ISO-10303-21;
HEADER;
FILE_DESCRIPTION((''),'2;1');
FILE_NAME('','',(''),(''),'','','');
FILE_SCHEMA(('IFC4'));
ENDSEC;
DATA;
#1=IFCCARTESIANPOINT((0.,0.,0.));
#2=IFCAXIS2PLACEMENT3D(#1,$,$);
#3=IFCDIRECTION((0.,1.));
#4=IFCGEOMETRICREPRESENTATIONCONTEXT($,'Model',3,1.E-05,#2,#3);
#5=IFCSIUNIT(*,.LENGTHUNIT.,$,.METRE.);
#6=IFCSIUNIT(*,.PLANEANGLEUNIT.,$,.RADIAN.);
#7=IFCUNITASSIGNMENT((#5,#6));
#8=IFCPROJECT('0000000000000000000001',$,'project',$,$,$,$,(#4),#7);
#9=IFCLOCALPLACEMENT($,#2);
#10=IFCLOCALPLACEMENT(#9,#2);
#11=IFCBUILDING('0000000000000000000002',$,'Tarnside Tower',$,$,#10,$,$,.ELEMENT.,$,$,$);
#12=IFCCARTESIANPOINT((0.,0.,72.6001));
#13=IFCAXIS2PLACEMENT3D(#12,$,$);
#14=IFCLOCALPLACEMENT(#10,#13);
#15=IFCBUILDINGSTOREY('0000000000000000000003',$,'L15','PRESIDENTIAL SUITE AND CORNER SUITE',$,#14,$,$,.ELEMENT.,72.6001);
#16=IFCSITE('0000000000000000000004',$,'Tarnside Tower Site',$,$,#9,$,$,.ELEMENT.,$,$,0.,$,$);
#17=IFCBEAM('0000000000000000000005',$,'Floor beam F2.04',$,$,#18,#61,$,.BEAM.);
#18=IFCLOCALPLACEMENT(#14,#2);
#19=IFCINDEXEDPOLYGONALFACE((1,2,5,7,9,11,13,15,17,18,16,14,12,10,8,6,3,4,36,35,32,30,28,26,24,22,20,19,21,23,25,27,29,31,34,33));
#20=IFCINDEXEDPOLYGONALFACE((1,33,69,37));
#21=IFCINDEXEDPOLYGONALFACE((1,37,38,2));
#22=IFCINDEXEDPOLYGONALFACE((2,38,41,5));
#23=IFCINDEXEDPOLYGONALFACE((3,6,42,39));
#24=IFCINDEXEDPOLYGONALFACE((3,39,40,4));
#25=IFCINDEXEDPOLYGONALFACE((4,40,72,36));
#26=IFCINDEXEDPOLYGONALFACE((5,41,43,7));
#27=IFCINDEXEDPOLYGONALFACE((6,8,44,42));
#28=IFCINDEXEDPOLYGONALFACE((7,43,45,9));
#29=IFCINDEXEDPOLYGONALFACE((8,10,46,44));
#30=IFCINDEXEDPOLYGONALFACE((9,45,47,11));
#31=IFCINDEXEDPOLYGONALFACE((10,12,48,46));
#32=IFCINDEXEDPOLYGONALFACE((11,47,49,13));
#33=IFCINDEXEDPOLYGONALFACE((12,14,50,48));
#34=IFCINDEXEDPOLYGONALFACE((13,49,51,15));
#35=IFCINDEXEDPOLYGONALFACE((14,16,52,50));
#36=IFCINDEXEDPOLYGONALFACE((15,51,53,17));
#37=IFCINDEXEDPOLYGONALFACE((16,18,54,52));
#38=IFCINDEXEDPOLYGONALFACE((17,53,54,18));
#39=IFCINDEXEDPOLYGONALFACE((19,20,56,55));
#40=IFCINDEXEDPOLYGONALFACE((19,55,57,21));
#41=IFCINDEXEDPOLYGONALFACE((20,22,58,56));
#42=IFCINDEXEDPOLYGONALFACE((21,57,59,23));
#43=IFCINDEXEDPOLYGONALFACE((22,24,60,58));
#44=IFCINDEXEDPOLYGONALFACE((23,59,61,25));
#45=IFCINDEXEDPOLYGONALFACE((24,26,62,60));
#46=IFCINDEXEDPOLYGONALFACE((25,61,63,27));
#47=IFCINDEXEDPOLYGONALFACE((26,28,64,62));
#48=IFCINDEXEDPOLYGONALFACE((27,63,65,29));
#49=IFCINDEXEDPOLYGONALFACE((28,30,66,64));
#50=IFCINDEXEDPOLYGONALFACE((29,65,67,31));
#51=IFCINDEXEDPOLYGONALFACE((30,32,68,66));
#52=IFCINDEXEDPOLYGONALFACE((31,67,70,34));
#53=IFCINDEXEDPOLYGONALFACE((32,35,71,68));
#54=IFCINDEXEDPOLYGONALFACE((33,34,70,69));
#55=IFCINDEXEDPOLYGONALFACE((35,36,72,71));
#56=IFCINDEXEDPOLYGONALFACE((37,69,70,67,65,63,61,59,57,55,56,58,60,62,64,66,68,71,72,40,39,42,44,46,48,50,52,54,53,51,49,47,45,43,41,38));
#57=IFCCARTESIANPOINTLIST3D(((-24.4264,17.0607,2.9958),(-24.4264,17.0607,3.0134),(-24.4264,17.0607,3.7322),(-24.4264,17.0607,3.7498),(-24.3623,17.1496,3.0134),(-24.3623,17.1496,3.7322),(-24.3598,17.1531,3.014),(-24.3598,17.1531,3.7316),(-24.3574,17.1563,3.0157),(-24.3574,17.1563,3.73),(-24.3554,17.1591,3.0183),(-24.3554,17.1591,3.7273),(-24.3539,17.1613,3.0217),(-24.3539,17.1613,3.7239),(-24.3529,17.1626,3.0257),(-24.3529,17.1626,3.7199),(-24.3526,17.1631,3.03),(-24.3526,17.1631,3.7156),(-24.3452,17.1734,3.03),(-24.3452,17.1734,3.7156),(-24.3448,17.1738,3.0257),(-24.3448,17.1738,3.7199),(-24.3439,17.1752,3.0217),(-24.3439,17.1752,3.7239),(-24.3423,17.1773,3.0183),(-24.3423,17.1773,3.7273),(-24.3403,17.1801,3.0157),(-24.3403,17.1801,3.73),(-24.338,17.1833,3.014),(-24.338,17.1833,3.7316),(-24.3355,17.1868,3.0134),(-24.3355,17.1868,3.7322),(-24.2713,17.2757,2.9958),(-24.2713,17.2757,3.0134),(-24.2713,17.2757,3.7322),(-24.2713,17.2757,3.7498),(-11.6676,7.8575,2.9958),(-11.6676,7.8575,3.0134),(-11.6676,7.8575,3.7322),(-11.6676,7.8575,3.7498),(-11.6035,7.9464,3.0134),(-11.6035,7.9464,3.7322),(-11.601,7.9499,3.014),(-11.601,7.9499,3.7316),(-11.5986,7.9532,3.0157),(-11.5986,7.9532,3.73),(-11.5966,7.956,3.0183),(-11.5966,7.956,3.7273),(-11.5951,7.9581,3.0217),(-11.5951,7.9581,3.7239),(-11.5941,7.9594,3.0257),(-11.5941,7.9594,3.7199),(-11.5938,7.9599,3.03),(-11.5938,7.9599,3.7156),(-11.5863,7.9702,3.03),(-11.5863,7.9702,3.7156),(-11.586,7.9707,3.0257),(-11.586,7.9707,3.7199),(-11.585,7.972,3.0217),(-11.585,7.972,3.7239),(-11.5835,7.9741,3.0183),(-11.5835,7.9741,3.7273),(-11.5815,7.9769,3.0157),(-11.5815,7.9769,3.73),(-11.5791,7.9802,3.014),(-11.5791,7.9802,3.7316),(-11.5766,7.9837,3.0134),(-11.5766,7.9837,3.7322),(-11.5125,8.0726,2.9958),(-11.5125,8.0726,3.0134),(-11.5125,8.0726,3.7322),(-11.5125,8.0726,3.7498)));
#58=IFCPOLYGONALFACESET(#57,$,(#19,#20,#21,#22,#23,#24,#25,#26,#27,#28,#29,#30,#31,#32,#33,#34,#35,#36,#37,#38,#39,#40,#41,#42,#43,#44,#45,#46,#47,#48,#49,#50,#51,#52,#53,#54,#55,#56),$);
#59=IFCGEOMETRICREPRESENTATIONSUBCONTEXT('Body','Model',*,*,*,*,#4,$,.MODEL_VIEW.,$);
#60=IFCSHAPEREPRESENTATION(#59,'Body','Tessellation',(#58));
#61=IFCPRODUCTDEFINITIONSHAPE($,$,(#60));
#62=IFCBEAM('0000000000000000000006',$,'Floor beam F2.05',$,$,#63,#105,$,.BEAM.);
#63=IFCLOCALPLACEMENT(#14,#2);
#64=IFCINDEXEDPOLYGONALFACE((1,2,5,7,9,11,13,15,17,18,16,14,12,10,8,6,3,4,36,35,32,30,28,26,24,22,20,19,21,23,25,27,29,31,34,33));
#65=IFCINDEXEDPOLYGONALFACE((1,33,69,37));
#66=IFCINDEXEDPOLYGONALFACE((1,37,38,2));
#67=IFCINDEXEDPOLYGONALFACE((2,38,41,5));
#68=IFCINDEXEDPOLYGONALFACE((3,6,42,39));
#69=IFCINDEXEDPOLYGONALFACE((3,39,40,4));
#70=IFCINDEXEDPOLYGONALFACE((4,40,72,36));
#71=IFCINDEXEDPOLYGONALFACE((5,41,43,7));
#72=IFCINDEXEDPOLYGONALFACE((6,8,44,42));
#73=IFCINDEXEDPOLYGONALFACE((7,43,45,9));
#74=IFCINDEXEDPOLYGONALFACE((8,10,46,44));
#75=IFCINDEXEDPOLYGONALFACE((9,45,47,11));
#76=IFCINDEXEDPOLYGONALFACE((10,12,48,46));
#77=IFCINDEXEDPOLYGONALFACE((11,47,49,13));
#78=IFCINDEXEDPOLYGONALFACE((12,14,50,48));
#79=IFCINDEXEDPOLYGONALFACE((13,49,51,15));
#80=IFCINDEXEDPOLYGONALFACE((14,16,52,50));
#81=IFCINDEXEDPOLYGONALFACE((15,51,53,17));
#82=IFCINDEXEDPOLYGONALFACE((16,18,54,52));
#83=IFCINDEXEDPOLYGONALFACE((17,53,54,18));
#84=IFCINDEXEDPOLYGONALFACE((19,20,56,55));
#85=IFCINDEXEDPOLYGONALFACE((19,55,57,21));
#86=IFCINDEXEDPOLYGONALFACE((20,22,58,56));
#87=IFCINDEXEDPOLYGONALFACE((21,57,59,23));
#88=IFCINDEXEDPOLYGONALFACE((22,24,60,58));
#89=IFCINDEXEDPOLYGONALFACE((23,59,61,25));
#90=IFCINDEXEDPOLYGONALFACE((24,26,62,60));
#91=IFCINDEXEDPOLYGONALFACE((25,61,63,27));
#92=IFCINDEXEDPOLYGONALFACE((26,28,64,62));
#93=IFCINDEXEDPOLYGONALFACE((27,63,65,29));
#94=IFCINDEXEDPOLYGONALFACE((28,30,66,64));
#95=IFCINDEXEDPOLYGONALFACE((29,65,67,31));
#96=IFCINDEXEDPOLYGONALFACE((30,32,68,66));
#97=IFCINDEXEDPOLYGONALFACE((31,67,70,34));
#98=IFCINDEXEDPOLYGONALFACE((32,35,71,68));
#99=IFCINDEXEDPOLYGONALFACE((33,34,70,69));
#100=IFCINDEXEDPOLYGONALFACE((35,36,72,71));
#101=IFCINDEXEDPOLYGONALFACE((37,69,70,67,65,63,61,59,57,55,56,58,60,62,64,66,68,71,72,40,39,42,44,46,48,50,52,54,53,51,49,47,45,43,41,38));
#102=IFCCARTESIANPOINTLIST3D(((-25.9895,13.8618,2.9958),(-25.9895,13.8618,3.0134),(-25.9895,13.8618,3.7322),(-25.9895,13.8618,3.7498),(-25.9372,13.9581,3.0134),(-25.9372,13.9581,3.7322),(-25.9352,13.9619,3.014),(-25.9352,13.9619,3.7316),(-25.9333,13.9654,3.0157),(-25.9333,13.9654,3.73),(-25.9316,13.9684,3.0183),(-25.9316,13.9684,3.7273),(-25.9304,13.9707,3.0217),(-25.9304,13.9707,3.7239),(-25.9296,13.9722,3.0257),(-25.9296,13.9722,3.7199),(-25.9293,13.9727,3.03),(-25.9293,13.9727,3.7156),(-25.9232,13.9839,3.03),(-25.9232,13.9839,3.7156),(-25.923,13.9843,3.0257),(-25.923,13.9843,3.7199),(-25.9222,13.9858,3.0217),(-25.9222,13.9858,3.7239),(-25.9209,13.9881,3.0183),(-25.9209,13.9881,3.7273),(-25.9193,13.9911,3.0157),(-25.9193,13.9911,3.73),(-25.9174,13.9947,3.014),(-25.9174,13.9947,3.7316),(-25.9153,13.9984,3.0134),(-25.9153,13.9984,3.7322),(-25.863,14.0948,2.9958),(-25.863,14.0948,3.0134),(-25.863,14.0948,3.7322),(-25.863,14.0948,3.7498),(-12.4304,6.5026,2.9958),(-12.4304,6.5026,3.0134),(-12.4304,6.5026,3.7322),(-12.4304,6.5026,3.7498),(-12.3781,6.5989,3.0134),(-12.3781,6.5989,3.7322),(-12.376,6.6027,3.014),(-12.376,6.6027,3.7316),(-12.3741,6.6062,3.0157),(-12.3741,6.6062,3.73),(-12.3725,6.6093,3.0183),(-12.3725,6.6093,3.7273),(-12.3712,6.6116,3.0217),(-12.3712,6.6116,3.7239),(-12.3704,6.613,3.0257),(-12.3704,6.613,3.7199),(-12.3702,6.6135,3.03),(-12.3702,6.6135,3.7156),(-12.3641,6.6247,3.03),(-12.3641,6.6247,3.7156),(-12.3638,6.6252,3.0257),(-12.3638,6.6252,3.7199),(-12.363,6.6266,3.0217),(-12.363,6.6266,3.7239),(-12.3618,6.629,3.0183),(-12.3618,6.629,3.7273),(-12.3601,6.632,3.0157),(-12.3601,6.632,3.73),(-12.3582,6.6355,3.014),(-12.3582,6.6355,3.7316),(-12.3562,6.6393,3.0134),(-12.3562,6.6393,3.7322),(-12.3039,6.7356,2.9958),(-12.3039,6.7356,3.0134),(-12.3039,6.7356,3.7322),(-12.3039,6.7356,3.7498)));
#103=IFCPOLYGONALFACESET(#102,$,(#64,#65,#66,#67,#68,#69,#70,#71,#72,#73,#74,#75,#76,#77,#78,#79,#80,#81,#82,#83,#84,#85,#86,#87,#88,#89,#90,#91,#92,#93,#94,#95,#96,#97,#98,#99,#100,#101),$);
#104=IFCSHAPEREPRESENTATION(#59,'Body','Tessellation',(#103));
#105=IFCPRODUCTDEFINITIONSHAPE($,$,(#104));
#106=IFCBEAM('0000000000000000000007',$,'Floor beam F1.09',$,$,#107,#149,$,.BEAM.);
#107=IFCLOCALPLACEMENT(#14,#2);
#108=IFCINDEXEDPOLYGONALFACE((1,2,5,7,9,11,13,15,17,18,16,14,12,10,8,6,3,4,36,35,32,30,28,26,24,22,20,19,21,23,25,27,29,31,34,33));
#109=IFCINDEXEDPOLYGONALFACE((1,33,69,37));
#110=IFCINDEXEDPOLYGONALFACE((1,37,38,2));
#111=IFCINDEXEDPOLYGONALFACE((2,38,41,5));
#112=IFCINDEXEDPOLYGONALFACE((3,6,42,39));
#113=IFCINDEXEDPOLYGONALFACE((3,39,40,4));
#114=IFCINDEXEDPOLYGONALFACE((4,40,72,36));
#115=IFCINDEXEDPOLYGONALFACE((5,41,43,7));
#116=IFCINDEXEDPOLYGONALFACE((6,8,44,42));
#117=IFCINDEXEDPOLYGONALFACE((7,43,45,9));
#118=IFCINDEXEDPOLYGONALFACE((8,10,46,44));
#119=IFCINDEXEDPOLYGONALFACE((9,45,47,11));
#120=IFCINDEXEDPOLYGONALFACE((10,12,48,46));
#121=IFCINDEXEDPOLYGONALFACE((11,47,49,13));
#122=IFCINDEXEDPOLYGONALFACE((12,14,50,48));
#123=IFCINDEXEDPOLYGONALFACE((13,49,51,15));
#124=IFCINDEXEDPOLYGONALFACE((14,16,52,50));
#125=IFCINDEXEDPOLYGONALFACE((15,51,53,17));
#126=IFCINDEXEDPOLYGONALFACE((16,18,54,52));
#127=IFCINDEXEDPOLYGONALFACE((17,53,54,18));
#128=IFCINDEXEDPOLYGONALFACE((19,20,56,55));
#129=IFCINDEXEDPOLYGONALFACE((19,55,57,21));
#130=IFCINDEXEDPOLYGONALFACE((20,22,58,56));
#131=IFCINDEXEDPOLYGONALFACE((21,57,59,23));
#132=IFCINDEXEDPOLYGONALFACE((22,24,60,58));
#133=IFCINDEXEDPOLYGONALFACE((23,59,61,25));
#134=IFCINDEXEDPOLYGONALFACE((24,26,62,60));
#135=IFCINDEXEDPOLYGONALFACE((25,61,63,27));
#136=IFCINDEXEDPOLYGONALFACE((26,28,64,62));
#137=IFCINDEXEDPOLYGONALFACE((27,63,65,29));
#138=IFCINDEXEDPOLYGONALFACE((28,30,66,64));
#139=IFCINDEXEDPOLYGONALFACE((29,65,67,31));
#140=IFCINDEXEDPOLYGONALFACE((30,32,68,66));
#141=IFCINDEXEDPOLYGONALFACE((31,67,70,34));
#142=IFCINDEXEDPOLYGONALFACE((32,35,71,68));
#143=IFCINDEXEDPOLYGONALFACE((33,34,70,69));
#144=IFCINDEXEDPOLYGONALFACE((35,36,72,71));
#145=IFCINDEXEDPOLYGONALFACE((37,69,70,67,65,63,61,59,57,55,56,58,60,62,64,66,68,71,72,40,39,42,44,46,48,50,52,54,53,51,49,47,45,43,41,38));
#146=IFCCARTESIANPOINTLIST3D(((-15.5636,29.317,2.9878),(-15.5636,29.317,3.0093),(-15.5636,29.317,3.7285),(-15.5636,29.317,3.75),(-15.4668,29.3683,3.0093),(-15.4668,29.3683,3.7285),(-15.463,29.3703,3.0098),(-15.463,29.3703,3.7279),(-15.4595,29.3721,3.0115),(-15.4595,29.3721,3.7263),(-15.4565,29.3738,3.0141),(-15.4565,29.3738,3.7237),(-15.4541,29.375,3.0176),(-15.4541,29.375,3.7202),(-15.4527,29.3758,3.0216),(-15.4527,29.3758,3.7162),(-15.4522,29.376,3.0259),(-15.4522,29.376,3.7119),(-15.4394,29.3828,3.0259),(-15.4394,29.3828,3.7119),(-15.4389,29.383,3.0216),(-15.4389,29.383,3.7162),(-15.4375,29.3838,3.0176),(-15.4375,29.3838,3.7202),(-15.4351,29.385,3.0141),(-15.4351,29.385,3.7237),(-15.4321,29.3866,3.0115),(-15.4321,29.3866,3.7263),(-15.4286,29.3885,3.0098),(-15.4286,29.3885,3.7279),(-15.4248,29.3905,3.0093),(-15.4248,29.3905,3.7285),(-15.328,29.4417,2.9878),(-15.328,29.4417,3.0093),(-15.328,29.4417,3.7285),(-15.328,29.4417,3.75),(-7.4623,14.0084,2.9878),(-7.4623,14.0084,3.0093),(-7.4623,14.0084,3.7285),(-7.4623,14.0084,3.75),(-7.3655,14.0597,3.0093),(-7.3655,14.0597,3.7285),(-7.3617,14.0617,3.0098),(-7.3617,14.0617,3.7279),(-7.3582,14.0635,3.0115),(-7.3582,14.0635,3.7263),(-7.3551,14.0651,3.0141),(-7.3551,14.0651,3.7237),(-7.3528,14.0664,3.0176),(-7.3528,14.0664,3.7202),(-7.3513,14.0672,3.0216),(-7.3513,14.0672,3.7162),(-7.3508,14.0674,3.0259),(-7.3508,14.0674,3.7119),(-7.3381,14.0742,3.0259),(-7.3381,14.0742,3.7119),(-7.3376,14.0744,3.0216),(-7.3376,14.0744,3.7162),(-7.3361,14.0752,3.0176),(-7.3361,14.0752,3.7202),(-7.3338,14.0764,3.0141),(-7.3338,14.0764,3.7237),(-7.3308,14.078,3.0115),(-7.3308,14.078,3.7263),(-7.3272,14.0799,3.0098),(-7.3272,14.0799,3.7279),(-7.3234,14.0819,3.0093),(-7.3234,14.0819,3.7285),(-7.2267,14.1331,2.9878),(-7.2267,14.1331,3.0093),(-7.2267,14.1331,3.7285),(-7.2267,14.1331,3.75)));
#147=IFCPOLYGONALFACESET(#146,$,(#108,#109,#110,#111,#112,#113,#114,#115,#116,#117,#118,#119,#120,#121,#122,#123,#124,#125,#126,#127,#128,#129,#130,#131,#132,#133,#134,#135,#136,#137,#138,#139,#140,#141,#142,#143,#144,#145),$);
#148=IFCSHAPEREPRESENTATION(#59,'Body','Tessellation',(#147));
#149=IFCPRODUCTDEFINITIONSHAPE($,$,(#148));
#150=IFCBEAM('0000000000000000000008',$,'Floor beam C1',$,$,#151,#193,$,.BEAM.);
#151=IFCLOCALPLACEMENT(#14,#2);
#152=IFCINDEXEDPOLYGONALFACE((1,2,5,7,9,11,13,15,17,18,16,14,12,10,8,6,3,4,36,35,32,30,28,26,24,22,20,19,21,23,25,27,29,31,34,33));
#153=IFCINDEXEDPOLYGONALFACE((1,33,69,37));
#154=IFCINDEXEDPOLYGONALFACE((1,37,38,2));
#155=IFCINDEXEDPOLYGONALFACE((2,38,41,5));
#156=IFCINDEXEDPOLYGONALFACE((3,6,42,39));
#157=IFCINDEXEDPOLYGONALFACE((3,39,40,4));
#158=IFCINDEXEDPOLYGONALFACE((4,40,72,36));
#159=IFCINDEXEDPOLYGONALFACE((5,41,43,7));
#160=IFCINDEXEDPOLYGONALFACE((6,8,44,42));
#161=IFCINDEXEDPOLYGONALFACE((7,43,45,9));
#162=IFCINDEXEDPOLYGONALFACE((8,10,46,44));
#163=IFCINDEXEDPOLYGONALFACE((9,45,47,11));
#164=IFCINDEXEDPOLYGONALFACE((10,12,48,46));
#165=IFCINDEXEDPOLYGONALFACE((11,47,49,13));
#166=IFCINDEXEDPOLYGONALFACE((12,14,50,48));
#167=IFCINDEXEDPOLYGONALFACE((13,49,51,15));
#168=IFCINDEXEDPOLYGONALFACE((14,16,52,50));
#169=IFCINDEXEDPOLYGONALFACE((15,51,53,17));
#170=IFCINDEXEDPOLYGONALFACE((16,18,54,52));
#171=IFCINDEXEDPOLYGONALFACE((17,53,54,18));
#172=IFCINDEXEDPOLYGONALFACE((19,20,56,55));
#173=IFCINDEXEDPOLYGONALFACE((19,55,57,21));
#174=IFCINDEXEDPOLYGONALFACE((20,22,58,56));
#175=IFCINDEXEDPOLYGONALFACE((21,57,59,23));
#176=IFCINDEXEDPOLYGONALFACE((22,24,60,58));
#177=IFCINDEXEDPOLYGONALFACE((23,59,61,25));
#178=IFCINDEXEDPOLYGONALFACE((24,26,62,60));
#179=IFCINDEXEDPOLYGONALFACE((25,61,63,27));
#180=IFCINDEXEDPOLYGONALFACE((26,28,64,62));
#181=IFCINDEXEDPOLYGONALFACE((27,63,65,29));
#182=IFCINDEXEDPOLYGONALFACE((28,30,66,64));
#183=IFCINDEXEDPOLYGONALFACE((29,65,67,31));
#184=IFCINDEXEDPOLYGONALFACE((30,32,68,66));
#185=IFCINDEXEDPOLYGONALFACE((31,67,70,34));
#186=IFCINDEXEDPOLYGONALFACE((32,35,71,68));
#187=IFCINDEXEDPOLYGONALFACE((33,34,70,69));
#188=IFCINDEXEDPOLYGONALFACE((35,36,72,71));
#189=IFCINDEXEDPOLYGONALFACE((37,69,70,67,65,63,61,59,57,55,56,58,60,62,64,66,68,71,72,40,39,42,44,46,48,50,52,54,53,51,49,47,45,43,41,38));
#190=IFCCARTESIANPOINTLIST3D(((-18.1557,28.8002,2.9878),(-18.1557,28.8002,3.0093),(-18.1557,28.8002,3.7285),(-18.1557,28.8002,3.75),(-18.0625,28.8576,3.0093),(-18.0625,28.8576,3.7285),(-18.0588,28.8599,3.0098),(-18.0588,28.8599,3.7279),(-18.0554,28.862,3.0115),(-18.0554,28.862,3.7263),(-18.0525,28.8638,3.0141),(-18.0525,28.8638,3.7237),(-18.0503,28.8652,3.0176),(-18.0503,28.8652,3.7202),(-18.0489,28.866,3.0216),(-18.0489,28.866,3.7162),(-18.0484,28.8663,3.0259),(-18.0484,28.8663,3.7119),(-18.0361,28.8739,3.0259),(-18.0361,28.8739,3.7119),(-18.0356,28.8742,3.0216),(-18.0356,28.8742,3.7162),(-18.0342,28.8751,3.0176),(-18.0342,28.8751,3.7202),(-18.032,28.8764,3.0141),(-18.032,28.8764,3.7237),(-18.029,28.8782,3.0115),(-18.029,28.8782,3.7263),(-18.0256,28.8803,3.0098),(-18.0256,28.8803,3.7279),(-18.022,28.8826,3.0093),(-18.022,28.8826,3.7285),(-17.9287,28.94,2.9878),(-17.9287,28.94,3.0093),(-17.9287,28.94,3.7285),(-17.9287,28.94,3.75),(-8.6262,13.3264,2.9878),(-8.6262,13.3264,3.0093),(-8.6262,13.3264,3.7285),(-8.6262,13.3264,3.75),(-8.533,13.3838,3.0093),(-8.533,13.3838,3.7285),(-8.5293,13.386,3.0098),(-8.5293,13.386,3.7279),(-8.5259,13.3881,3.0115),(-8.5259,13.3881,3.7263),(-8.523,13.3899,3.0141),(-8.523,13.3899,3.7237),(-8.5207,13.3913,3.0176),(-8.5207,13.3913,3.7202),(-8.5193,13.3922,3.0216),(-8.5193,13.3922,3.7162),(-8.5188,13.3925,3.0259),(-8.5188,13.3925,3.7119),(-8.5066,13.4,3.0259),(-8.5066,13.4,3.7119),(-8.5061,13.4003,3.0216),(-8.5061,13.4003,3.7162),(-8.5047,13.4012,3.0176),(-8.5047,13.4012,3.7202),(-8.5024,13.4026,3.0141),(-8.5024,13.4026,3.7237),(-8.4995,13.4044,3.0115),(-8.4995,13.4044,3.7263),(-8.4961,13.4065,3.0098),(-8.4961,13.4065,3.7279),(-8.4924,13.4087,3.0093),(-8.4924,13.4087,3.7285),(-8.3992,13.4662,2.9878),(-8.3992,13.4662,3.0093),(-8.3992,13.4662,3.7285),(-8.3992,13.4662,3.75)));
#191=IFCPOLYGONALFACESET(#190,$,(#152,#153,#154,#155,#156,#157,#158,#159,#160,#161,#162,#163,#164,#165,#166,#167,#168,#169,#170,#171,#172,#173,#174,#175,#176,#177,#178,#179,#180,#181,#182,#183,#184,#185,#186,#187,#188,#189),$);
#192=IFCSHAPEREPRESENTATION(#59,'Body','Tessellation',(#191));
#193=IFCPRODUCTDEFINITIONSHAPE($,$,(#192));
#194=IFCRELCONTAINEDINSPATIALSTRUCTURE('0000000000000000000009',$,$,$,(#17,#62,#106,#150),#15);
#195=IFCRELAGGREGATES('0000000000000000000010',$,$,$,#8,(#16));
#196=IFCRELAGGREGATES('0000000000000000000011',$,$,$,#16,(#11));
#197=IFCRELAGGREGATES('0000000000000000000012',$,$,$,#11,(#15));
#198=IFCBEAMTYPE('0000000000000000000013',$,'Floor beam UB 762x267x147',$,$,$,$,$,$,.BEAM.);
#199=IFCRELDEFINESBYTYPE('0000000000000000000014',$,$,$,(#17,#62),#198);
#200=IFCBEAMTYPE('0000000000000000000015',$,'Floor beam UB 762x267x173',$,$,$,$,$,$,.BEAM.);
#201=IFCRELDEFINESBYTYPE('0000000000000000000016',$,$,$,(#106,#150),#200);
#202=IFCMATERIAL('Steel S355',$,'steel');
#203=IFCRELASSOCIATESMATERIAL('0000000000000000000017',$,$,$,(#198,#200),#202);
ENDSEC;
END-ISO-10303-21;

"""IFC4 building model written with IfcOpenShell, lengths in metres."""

from ifc_helpers import new_model, si_unit, direction, frame, origin, origin_2d, place, context, subcontext, project, spatial, i_section, extrude, material, material_profile, profile_set, type_object, element, save


model = new_model("IFC4")

# Units and contexts
model_context = context("Model", 3, precision=1e-05, world=origin(), true_north=direction((0.0, 1.0)))
body_context = subcontext(model_context, "Body", "Model", "MODEL_VIEW")
ifc_project = project(units=[si_unit("LENGTHUNIT", "METRE"), si_unit("PLANEANGLEUNIT", "RADIAN")], contexts=[model_context])

# Site, building, storey
site_placement = place(None, origin())
site = spatial("IfcSite", under=ifc_project, at=site_placement, Name="Tarnside Tower Site", CompositionType="ELEMENT", RefElevation=0.0)
building_placement = place(site_placement, origin())
building = spatial("IfcBuilding", under=site, at=building_placement, Name="Tarnside Tower", CompositionType="ELEMENT")
storey_placement = place(building_placement, frame((0.0, 0.0, 72.6001)))
storey = spatial("IfcBuildingStorey", under=building, at=storey_placement, Name="L15", Description="PRESIDENTIAL SUITE AND CORNER SUITE", CompositionType="ELEMENT", Elevation=72.6001)

# Beams
ifc_material_1 = material(Name="Steel S355", Category="steel")
ifc_material_profile_1 = material_profile(ifc_material_1, i_section(OverallWidth=0.2651, OverallDepth=0.7539, WebThickness=0.0127, FlangeThickness=0.0176, FilletRadius=0.0166, at=origin_2d()), Name="UB 762x267x147")
ifc_profile_set_1 = profile_set([ifc_material_profile_1], Name="Steel S355")
beam_type_1 = type_object("IfcBeamType", Name="Floor beam UB 762x267x147", PredefinedType="BEAM", material=ifc_profile_set_1)
beam_1_placement = place(storey_placement, frame((-24.3489, 17.1682, 3.3728), z_axis=(0.811028, -0.585008, 0.0), x_axis=(0.585008, 0.811028, 0.0)))
element("IfcBeam", 1, at=beam_1_placement, inside=storey, type_object=beam_type_1, Name="Floor beam F2.04", PredefinedType="BEAM", context=body_context, shape_type="SweptSolid", body=[
    extrude(i_section(OverallWidth=0.2651, OverallDepth=0.7539, WebThickness=0.0127, FlangeThickness=0.0176, FilletRadius=0.0166, at=origin_2d()), origin(), (0.0, 0.0, 1.0), 15.7317),
])
beam_2_placement = place(storey_placement, frame((-25.9263, 13.9783, 3.3728), z_axis=(0.878895, -0.477016, 0.0), x_axis=(0.477016, 0.878895, 0.0)))
element("IfcBeam", 2, at=beam_2_placement, inside=storey, type_object=beam_type_1, Name="Floor beam F2.05", PredefinedType="BEAM", context=body_context, shape_type="SweptSolid", body=[
    extrude(i_section(OverallWidth=0.2651, OverallDepth=0.7539, WebThickness=0.0127, FlangeThickness=0.0176, FilletRadius=0.0166, at=origin_2d()), origin(), (0.0, 0.0, 1.0), 15.4275),
])
ifc_material_profile_2 = material_profile(ifc_material_1, i_section(OverallWidth=0.2666, OverallDepth=0.7622, WebThickness=0.0144, FlangeThickness=0.0215, FilletRadius=0.0166, at=origin_2d()), Name="UB 762x267x173")
ifc_profile_set_2 = profile_set([ifc_material_profile_2], Name="Steel S355")
beam_type_2 = type_object("IfcBeamType", Name="Floor beam UB 762x267x173", PredefinedType="BEAM", material=ifc_profile_set_2)
beam_3_placement = place(storey_placement, frame((-15.4458, 29.3794, 3.3689), z_axis=(0.467742, -0.883865, 0.0), x_axis=(0.883865, 0.467742, 0.0)))
element("IfcBeam", 3, at=beam_3_placement, inside=storey, type_object=beam_type_2, Name="Floor beam F1.09", PredefinedType="BEAM", context=body_context, shape_type="SweptSolid", body=[
    extrude(i_section(OverallWidth=0.2666, OverallDepth=0.7622, WebThickness=0.0144, FlangeThickness=0.0215, FilletRadius=0.0166, at=origin_2d()), origin(), (0.0, 0.0, 1.0), 17.3201),
])
beam_4_placement = place(storey_placement, frame((-18.0422, 28.8701, 3.3689), z_axis=(0.524383, -0.851483, 0.0), x_axis=(0.851483, 0.524383, 0.0)))
element("IfcBeam", 4, at=beam_4_placement, inside=storey, type_object=beam_type_2, Name="Floor beam C1", PredefinedType="BEAM", context=body_context, shape_type="SweptSolid", body=[
    extrude(i_section(OverallWidth=0.2666, OverallDepth=0.7622, WebThickness=0.0144, FlangeThickness=0.0215, FilletRadius=0.0166, at=origin_2d()), origin(), (0.0, 0.0, 1.0), 18.1729),
])

save(model, "model.ifc")
